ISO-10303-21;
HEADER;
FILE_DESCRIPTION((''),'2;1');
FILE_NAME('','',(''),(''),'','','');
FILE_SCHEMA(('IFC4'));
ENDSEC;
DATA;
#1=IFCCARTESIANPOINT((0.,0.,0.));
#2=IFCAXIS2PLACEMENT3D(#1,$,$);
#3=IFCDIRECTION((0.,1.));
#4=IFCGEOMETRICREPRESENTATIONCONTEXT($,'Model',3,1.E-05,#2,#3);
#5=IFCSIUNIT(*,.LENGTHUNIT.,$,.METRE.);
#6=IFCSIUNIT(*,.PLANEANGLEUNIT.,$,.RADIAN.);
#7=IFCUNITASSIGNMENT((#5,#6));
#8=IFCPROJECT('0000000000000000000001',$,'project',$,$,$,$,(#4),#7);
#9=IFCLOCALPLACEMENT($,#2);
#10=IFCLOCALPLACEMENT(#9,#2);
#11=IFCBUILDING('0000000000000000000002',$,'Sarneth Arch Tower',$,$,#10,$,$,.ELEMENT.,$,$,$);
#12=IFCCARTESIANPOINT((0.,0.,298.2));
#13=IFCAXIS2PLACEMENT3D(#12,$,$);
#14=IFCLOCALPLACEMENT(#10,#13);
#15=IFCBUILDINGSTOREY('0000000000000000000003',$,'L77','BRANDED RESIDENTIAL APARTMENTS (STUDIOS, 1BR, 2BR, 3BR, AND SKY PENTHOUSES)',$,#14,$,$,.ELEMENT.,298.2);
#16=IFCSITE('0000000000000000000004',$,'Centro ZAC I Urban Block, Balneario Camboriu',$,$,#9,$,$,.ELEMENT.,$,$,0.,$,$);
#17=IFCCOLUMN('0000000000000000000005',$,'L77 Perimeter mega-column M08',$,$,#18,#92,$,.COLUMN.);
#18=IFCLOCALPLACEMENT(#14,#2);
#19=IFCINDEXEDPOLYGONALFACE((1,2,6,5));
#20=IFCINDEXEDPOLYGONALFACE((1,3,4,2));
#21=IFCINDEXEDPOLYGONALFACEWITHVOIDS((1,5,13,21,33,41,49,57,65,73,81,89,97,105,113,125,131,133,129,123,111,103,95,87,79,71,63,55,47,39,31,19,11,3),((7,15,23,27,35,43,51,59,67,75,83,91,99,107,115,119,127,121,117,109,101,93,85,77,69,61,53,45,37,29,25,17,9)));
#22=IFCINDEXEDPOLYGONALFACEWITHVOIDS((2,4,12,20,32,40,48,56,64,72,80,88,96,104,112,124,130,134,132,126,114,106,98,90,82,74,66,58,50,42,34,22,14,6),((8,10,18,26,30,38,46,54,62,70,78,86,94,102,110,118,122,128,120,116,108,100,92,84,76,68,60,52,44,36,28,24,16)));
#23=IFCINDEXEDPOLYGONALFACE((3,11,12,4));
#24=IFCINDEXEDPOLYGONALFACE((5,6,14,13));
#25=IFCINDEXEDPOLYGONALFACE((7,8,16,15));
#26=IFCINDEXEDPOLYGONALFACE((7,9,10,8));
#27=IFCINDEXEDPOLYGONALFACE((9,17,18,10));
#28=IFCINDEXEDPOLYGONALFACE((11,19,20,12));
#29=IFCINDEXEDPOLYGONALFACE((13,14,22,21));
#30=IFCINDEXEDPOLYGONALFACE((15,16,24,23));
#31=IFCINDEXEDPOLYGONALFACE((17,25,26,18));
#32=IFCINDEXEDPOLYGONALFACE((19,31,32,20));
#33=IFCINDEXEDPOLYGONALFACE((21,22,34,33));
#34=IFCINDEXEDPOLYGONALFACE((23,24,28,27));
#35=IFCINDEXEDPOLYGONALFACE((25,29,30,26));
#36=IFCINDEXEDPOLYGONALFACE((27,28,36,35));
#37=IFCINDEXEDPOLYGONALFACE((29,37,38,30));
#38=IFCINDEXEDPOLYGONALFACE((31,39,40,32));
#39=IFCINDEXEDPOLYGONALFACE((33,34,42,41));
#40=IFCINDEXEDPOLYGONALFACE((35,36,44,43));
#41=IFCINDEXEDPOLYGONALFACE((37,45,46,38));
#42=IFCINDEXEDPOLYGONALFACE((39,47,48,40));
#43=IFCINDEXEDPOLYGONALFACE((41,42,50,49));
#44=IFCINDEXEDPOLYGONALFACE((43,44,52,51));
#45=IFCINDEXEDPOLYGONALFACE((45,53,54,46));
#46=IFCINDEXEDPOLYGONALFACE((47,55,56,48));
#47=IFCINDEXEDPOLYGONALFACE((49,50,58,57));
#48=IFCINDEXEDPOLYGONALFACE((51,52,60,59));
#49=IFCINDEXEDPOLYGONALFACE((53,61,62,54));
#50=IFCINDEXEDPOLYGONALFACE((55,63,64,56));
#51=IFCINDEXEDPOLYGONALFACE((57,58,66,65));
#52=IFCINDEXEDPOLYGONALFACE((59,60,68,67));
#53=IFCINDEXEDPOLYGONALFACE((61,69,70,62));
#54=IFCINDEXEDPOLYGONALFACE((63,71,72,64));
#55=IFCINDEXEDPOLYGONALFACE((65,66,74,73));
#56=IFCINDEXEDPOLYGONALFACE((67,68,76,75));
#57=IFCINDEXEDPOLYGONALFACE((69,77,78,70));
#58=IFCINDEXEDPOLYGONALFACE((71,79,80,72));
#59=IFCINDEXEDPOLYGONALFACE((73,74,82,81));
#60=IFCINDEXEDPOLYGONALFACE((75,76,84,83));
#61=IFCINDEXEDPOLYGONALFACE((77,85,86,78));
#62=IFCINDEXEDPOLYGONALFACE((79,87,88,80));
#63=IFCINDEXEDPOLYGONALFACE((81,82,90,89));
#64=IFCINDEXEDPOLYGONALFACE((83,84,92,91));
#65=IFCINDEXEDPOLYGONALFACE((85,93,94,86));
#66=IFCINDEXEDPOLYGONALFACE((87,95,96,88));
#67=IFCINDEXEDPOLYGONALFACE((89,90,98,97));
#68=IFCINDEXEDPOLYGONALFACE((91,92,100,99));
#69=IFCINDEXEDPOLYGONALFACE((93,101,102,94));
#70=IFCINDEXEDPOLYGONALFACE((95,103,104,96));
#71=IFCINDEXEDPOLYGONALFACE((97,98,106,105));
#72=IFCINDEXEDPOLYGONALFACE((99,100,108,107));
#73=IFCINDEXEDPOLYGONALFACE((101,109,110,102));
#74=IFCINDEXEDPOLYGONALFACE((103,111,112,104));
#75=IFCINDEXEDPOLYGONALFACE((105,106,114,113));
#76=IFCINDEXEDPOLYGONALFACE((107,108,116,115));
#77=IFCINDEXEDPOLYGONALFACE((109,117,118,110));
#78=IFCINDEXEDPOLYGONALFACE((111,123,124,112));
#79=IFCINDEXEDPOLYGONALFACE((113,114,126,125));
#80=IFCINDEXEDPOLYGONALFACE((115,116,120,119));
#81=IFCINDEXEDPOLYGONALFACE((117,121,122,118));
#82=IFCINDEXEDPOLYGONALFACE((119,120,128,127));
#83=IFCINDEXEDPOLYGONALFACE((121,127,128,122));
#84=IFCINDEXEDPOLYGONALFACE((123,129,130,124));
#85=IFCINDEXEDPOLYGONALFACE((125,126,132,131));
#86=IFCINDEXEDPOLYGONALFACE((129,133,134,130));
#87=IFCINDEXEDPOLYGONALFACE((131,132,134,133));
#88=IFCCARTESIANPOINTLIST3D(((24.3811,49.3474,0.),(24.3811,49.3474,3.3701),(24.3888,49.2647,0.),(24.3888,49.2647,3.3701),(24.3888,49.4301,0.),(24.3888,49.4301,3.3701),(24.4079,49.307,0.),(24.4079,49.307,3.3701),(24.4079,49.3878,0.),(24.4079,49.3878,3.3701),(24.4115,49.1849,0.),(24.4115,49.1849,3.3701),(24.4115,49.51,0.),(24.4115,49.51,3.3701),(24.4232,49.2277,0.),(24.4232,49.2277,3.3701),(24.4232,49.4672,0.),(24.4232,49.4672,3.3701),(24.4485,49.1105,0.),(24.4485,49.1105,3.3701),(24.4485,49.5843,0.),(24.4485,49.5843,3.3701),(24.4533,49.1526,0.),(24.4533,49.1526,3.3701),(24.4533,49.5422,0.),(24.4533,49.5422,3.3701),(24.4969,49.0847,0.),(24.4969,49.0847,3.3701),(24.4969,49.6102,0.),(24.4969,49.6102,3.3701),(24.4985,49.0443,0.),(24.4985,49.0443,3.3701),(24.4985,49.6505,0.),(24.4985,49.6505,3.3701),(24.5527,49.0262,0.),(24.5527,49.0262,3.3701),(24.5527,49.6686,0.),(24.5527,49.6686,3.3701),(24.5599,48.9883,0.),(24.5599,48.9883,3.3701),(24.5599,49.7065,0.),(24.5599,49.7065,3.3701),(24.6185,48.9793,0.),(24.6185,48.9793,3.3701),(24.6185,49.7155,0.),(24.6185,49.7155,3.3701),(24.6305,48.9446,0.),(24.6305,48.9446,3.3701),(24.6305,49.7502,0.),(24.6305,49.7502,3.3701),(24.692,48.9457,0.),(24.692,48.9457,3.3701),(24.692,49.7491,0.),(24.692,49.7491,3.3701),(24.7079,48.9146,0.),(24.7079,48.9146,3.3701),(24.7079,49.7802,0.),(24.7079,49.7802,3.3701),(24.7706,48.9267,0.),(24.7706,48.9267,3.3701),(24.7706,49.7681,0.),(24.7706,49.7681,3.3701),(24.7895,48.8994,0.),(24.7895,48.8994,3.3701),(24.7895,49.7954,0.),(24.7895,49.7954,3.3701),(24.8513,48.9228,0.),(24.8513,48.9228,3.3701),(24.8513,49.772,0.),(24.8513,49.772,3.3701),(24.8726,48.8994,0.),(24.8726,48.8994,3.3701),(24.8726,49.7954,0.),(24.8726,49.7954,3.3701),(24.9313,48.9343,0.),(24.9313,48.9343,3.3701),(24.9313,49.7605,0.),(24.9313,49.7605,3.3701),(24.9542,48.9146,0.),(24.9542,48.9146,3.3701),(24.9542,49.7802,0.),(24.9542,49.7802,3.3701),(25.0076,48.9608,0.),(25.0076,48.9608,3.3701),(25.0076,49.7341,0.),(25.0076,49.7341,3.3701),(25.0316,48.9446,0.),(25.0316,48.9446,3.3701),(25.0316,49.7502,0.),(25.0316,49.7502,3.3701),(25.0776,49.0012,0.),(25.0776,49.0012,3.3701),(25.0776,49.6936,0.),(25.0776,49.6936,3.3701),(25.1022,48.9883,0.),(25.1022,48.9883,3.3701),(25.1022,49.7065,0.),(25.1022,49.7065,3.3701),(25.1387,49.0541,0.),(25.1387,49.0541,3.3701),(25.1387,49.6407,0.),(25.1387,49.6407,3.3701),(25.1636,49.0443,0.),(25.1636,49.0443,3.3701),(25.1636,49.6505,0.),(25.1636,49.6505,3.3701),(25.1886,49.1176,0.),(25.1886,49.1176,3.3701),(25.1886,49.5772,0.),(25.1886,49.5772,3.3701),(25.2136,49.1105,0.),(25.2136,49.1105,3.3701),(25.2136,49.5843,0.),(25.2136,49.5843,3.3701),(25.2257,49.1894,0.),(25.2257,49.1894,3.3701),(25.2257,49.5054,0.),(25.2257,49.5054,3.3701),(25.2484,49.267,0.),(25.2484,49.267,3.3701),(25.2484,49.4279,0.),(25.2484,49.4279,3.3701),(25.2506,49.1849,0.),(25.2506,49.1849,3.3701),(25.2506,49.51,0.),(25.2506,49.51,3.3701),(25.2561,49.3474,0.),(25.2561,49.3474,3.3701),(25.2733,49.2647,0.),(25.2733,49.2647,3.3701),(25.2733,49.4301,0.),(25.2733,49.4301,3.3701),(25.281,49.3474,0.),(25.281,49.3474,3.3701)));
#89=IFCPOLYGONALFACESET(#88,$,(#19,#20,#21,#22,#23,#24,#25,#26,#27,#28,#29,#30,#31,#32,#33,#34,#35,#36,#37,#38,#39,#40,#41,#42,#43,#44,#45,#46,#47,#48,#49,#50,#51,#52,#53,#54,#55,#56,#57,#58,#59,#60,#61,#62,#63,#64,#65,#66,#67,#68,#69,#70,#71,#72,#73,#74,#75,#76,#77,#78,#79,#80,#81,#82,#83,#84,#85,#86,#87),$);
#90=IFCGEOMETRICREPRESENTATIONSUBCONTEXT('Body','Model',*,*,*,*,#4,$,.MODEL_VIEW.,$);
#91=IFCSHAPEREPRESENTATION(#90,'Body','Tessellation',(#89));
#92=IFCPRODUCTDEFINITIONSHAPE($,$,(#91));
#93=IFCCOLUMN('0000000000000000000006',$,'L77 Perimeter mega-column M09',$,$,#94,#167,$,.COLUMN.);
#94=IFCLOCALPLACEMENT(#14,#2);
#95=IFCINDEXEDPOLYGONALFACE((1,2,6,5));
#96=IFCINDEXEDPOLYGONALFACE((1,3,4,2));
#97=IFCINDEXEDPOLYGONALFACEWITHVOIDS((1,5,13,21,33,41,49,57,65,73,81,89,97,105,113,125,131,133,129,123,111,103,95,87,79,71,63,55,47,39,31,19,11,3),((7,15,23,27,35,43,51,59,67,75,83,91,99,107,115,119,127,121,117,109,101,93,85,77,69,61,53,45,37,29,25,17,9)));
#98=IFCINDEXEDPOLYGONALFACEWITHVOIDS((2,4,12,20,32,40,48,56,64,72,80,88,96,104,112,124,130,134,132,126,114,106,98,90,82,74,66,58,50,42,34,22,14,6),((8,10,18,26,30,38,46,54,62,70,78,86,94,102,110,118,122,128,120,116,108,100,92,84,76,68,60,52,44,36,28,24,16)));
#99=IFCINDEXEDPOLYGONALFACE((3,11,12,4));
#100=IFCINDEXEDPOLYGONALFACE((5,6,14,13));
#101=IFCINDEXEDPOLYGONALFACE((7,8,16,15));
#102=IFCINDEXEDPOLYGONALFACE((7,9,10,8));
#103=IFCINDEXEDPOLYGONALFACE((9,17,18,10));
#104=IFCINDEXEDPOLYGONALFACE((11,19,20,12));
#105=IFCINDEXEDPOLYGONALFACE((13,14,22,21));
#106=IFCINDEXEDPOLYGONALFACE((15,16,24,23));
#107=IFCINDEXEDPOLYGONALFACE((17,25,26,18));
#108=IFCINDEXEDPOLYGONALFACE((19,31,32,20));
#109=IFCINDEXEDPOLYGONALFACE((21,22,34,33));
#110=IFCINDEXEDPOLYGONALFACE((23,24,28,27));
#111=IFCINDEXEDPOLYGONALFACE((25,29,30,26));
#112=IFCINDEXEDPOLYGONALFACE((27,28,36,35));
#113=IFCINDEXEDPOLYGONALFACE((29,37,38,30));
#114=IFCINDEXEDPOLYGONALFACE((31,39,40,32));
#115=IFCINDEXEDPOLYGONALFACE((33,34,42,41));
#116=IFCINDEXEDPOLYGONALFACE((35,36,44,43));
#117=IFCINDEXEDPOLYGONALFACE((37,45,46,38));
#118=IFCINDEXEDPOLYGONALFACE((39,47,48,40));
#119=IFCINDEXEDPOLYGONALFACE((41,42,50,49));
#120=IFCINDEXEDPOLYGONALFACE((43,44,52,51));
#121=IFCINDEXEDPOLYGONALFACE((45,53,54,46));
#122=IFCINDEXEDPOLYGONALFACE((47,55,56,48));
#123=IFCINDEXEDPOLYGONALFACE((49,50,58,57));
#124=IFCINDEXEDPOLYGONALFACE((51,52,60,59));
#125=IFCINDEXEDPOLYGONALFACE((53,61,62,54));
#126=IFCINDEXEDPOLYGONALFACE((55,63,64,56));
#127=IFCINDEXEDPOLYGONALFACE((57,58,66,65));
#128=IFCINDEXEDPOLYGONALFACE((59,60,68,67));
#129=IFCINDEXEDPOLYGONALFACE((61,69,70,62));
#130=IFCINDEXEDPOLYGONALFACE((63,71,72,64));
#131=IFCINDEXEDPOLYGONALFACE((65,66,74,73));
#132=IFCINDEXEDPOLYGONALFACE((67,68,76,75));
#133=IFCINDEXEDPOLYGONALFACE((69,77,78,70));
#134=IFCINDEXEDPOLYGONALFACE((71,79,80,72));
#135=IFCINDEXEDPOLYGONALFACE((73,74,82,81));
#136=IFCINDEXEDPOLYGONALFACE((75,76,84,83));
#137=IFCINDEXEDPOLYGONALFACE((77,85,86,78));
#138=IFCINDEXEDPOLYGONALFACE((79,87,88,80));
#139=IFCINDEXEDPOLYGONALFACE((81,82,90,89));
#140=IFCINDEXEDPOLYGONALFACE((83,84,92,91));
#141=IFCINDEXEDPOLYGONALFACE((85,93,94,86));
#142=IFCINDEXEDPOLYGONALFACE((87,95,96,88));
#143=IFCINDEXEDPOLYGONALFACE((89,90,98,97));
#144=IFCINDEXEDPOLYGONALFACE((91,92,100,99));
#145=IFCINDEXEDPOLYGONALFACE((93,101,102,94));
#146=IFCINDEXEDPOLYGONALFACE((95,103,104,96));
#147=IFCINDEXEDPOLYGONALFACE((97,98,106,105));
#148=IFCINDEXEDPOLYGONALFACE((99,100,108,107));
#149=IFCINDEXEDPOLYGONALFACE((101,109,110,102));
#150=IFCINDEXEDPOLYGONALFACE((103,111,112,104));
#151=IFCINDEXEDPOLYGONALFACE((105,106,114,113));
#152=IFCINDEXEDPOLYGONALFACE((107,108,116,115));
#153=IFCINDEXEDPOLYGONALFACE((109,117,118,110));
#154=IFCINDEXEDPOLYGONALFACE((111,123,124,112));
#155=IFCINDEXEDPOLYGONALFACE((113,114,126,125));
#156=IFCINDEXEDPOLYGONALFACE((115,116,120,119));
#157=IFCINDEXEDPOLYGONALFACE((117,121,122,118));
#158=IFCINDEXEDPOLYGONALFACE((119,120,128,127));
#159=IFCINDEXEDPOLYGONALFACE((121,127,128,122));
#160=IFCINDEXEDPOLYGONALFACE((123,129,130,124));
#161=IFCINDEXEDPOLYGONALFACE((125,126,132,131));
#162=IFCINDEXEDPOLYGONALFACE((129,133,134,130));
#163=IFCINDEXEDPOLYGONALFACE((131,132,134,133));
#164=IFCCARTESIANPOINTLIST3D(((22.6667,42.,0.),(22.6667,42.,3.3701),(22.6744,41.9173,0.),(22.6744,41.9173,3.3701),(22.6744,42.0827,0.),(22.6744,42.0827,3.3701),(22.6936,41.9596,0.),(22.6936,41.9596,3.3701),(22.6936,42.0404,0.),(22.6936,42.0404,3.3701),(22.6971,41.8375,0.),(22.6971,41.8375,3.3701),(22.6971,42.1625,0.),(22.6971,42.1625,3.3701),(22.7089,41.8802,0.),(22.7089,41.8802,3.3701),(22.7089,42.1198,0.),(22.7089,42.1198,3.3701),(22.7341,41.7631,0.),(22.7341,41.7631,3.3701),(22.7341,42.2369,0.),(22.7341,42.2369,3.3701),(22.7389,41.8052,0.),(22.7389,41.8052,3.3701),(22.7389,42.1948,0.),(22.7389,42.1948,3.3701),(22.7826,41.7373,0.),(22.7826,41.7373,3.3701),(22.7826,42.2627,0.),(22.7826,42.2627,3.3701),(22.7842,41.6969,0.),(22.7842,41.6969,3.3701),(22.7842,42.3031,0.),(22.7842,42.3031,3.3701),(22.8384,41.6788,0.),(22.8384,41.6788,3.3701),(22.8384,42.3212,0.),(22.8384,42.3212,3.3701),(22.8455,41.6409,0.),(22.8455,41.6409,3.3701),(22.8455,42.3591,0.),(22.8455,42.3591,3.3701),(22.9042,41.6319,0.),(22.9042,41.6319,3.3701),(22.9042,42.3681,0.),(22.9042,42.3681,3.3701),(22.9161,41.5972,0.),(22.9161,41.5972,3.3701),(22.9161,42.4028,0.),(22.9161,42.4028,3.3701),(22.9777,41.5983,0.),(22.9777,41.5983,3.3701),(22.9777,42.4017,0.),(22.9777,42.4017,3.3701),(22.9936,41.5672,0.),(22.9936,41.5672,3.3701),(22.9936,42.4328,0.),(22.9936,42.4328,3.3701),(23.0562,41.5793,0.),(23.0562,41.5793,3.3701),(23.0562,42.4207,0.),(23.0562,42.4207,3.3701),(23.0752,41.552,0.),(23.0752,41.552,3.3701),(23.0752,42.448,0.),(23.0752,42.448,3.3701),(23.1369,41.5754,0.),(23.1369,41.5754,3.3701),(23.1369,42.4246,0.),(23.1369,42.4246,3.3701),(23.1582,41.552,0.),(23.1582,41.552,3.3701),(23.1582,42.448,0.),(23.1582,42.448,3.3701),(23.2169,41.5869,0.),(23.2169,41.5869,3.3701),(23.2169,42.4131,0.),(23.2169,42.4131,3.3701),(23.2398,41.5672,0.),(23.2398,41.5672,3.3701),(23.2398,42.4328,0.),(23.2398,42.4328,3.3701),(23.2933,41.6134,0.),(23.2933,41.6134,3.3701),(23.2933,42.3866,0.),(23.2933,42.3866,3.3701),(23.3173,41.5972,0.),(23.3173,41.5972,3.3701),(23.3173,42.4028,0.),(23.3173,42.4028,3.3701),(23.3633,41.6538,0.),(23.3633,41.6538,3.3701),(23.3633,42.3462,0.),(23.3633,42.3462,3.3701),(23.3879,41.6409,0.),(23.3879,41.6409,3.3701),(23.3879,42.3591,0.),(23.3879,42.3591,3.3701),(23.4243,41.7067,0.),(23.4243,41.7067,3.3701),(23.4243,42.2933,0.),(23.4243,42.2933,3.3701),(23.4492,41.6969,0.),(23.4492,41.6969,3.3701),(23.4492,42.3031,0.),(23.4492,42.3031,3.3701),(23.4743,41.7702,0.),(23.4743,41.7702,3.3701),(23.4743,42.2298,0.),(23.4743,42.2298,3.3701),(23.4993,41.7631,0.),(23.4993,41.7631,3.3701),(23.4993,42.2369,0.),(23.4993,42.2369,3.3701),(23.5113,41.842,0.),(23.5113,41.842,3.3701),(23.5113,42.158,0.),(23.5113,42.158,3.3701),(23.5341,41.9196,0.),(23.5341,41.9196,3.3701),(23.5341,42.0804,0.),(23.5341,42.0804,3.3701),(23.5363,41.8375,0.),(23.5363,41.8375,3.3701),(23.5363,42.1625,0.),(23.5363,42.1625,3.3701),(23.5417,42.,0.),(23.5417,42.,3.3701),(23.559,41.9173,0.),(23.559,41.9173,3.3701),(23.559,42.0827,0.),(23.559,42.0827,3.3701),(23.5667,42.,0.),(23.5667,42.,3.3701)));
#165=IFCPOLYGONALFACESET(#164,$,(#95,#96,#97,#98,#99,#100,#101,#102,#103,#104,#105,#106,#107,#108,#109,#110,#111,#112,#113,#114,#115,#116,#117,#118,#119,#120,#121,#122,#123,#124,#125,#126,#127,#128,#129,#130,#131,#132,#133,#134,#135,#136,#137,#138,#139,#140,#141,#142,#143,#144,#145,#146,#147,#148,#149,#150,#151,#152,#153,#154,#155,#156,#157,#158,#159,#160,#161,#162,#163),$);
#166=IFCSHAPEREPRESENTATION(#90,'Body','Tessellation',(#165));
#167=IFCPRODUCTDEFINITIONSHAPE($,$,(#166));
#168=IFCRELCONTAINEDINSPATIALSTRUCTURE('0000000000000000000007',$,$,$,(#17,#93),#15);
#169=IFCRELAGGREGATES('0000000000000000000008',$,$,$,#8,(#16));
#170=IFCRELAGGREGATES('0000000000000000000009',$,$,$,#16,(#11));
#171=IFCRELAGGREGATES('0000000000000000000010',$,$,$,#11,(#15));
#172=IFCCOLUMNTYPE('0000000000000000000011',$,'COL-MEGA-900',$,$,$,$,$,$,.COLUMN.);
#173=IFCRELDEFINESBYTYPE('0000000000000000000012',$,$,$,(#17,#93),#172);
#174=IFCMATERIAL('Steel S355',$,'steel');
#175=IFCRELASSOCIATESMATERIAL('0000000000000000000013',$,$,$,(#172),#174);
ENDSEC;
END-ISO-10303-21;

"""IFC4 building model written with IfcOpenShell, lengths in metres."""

from ifc_helpers import new_model, si_unit, direction, frame, origin, origin_2d, place, context, subcontext, project, spatial, hollow_circle, extrude, material, material_profile, profile_set, type_object, element, save


model = new_model("IFC4")

# Units and contexts
model_context = context("Model", 3, precision=1e-05, world=origin(), true_north=direction((0.0, 1.0)))
body_context = subcontext(model_context, "Body", "Model", "MODEL_VIEW")
ifc_project = project(units=[si_unit("LENGTHUNIT", "METRE"), si_unit("PLANEANGLEUNIT", "RADIAN")], contexts=[model_context])

# Site, building, storey
site_placement = place(None, origin())
site = spatial("IfcSite", under=ifc_project, at=site_placement, Name="Centro ZAC I Urban Block, Balneario Camboriu", CompositionType="ELEMENT", RefElevation=0.0)
building_placement = place(site_placement, origin())
building = spatial("IfcBuilding", under=site, at=building_placement, Name="Sarneth Arch Tower", CompositionType="ELEMENT")
storey_placement = place(building_placement, frame((0.0, 0.0, 298.2)))
storey = spatial("IfcBuildingStorey", under=building, at=storey_placement, Name="L77", Description="BRANDED RESIDENTIAL APARTMENTS (STUDIOS, 1BR, 2BR, 3BR, AND SKY PENTHOUSES)", CompositionType="ELEMENT", Elevation=298.2)

# Columns
ifc_material_1 = material(Name="Steel S355", Category="steel")
ifc_material_profile_1 = material_profile(ifc_material_1, hollow_circle(Radius=0.45, WallThickness=0.0249, at=origin_2d()), Name="CHS900x25")
ifc_profile_set_1 = profile_set([ifc_material_profile_1], Name="Steel S355")
column_type = type_object("IfcColumnType", Name="COL-MEGA-900", PredefinedType="COLUMN", material=ifc_profile_set_1)
for number, where, z_axis, x_axis, name in (
    (1, (24.8311, 49.3474, 0.0), (0.0, 0.0, 1.0), (1.0, 0.0, 0.0), "L77 Perimeter mega-column M08"),
    (2, (23.1167, 42.0, 0.0), (0.0, 0.0, 1.0), (1.0, 0.0, 0.0), "L77 Perimeter mega-column M09"),
):
    element("IfcColumn", number, at=place(storey_placement, frame(where, z_axis=z_axis, x_axis=x_axis)), inside=storey, type_object=column_type, Name=name, PredefinedType="COLUMN", context=body_context, shape_type="SweptSolid", body=[
        extrude(hollow_circle(Radius=0.45, WallThickness=0.0249, at=origin_2d()), origin(), (0.0, 0.0, 1.0), 3.3701),
    ])

save(model, "model.ifc")
